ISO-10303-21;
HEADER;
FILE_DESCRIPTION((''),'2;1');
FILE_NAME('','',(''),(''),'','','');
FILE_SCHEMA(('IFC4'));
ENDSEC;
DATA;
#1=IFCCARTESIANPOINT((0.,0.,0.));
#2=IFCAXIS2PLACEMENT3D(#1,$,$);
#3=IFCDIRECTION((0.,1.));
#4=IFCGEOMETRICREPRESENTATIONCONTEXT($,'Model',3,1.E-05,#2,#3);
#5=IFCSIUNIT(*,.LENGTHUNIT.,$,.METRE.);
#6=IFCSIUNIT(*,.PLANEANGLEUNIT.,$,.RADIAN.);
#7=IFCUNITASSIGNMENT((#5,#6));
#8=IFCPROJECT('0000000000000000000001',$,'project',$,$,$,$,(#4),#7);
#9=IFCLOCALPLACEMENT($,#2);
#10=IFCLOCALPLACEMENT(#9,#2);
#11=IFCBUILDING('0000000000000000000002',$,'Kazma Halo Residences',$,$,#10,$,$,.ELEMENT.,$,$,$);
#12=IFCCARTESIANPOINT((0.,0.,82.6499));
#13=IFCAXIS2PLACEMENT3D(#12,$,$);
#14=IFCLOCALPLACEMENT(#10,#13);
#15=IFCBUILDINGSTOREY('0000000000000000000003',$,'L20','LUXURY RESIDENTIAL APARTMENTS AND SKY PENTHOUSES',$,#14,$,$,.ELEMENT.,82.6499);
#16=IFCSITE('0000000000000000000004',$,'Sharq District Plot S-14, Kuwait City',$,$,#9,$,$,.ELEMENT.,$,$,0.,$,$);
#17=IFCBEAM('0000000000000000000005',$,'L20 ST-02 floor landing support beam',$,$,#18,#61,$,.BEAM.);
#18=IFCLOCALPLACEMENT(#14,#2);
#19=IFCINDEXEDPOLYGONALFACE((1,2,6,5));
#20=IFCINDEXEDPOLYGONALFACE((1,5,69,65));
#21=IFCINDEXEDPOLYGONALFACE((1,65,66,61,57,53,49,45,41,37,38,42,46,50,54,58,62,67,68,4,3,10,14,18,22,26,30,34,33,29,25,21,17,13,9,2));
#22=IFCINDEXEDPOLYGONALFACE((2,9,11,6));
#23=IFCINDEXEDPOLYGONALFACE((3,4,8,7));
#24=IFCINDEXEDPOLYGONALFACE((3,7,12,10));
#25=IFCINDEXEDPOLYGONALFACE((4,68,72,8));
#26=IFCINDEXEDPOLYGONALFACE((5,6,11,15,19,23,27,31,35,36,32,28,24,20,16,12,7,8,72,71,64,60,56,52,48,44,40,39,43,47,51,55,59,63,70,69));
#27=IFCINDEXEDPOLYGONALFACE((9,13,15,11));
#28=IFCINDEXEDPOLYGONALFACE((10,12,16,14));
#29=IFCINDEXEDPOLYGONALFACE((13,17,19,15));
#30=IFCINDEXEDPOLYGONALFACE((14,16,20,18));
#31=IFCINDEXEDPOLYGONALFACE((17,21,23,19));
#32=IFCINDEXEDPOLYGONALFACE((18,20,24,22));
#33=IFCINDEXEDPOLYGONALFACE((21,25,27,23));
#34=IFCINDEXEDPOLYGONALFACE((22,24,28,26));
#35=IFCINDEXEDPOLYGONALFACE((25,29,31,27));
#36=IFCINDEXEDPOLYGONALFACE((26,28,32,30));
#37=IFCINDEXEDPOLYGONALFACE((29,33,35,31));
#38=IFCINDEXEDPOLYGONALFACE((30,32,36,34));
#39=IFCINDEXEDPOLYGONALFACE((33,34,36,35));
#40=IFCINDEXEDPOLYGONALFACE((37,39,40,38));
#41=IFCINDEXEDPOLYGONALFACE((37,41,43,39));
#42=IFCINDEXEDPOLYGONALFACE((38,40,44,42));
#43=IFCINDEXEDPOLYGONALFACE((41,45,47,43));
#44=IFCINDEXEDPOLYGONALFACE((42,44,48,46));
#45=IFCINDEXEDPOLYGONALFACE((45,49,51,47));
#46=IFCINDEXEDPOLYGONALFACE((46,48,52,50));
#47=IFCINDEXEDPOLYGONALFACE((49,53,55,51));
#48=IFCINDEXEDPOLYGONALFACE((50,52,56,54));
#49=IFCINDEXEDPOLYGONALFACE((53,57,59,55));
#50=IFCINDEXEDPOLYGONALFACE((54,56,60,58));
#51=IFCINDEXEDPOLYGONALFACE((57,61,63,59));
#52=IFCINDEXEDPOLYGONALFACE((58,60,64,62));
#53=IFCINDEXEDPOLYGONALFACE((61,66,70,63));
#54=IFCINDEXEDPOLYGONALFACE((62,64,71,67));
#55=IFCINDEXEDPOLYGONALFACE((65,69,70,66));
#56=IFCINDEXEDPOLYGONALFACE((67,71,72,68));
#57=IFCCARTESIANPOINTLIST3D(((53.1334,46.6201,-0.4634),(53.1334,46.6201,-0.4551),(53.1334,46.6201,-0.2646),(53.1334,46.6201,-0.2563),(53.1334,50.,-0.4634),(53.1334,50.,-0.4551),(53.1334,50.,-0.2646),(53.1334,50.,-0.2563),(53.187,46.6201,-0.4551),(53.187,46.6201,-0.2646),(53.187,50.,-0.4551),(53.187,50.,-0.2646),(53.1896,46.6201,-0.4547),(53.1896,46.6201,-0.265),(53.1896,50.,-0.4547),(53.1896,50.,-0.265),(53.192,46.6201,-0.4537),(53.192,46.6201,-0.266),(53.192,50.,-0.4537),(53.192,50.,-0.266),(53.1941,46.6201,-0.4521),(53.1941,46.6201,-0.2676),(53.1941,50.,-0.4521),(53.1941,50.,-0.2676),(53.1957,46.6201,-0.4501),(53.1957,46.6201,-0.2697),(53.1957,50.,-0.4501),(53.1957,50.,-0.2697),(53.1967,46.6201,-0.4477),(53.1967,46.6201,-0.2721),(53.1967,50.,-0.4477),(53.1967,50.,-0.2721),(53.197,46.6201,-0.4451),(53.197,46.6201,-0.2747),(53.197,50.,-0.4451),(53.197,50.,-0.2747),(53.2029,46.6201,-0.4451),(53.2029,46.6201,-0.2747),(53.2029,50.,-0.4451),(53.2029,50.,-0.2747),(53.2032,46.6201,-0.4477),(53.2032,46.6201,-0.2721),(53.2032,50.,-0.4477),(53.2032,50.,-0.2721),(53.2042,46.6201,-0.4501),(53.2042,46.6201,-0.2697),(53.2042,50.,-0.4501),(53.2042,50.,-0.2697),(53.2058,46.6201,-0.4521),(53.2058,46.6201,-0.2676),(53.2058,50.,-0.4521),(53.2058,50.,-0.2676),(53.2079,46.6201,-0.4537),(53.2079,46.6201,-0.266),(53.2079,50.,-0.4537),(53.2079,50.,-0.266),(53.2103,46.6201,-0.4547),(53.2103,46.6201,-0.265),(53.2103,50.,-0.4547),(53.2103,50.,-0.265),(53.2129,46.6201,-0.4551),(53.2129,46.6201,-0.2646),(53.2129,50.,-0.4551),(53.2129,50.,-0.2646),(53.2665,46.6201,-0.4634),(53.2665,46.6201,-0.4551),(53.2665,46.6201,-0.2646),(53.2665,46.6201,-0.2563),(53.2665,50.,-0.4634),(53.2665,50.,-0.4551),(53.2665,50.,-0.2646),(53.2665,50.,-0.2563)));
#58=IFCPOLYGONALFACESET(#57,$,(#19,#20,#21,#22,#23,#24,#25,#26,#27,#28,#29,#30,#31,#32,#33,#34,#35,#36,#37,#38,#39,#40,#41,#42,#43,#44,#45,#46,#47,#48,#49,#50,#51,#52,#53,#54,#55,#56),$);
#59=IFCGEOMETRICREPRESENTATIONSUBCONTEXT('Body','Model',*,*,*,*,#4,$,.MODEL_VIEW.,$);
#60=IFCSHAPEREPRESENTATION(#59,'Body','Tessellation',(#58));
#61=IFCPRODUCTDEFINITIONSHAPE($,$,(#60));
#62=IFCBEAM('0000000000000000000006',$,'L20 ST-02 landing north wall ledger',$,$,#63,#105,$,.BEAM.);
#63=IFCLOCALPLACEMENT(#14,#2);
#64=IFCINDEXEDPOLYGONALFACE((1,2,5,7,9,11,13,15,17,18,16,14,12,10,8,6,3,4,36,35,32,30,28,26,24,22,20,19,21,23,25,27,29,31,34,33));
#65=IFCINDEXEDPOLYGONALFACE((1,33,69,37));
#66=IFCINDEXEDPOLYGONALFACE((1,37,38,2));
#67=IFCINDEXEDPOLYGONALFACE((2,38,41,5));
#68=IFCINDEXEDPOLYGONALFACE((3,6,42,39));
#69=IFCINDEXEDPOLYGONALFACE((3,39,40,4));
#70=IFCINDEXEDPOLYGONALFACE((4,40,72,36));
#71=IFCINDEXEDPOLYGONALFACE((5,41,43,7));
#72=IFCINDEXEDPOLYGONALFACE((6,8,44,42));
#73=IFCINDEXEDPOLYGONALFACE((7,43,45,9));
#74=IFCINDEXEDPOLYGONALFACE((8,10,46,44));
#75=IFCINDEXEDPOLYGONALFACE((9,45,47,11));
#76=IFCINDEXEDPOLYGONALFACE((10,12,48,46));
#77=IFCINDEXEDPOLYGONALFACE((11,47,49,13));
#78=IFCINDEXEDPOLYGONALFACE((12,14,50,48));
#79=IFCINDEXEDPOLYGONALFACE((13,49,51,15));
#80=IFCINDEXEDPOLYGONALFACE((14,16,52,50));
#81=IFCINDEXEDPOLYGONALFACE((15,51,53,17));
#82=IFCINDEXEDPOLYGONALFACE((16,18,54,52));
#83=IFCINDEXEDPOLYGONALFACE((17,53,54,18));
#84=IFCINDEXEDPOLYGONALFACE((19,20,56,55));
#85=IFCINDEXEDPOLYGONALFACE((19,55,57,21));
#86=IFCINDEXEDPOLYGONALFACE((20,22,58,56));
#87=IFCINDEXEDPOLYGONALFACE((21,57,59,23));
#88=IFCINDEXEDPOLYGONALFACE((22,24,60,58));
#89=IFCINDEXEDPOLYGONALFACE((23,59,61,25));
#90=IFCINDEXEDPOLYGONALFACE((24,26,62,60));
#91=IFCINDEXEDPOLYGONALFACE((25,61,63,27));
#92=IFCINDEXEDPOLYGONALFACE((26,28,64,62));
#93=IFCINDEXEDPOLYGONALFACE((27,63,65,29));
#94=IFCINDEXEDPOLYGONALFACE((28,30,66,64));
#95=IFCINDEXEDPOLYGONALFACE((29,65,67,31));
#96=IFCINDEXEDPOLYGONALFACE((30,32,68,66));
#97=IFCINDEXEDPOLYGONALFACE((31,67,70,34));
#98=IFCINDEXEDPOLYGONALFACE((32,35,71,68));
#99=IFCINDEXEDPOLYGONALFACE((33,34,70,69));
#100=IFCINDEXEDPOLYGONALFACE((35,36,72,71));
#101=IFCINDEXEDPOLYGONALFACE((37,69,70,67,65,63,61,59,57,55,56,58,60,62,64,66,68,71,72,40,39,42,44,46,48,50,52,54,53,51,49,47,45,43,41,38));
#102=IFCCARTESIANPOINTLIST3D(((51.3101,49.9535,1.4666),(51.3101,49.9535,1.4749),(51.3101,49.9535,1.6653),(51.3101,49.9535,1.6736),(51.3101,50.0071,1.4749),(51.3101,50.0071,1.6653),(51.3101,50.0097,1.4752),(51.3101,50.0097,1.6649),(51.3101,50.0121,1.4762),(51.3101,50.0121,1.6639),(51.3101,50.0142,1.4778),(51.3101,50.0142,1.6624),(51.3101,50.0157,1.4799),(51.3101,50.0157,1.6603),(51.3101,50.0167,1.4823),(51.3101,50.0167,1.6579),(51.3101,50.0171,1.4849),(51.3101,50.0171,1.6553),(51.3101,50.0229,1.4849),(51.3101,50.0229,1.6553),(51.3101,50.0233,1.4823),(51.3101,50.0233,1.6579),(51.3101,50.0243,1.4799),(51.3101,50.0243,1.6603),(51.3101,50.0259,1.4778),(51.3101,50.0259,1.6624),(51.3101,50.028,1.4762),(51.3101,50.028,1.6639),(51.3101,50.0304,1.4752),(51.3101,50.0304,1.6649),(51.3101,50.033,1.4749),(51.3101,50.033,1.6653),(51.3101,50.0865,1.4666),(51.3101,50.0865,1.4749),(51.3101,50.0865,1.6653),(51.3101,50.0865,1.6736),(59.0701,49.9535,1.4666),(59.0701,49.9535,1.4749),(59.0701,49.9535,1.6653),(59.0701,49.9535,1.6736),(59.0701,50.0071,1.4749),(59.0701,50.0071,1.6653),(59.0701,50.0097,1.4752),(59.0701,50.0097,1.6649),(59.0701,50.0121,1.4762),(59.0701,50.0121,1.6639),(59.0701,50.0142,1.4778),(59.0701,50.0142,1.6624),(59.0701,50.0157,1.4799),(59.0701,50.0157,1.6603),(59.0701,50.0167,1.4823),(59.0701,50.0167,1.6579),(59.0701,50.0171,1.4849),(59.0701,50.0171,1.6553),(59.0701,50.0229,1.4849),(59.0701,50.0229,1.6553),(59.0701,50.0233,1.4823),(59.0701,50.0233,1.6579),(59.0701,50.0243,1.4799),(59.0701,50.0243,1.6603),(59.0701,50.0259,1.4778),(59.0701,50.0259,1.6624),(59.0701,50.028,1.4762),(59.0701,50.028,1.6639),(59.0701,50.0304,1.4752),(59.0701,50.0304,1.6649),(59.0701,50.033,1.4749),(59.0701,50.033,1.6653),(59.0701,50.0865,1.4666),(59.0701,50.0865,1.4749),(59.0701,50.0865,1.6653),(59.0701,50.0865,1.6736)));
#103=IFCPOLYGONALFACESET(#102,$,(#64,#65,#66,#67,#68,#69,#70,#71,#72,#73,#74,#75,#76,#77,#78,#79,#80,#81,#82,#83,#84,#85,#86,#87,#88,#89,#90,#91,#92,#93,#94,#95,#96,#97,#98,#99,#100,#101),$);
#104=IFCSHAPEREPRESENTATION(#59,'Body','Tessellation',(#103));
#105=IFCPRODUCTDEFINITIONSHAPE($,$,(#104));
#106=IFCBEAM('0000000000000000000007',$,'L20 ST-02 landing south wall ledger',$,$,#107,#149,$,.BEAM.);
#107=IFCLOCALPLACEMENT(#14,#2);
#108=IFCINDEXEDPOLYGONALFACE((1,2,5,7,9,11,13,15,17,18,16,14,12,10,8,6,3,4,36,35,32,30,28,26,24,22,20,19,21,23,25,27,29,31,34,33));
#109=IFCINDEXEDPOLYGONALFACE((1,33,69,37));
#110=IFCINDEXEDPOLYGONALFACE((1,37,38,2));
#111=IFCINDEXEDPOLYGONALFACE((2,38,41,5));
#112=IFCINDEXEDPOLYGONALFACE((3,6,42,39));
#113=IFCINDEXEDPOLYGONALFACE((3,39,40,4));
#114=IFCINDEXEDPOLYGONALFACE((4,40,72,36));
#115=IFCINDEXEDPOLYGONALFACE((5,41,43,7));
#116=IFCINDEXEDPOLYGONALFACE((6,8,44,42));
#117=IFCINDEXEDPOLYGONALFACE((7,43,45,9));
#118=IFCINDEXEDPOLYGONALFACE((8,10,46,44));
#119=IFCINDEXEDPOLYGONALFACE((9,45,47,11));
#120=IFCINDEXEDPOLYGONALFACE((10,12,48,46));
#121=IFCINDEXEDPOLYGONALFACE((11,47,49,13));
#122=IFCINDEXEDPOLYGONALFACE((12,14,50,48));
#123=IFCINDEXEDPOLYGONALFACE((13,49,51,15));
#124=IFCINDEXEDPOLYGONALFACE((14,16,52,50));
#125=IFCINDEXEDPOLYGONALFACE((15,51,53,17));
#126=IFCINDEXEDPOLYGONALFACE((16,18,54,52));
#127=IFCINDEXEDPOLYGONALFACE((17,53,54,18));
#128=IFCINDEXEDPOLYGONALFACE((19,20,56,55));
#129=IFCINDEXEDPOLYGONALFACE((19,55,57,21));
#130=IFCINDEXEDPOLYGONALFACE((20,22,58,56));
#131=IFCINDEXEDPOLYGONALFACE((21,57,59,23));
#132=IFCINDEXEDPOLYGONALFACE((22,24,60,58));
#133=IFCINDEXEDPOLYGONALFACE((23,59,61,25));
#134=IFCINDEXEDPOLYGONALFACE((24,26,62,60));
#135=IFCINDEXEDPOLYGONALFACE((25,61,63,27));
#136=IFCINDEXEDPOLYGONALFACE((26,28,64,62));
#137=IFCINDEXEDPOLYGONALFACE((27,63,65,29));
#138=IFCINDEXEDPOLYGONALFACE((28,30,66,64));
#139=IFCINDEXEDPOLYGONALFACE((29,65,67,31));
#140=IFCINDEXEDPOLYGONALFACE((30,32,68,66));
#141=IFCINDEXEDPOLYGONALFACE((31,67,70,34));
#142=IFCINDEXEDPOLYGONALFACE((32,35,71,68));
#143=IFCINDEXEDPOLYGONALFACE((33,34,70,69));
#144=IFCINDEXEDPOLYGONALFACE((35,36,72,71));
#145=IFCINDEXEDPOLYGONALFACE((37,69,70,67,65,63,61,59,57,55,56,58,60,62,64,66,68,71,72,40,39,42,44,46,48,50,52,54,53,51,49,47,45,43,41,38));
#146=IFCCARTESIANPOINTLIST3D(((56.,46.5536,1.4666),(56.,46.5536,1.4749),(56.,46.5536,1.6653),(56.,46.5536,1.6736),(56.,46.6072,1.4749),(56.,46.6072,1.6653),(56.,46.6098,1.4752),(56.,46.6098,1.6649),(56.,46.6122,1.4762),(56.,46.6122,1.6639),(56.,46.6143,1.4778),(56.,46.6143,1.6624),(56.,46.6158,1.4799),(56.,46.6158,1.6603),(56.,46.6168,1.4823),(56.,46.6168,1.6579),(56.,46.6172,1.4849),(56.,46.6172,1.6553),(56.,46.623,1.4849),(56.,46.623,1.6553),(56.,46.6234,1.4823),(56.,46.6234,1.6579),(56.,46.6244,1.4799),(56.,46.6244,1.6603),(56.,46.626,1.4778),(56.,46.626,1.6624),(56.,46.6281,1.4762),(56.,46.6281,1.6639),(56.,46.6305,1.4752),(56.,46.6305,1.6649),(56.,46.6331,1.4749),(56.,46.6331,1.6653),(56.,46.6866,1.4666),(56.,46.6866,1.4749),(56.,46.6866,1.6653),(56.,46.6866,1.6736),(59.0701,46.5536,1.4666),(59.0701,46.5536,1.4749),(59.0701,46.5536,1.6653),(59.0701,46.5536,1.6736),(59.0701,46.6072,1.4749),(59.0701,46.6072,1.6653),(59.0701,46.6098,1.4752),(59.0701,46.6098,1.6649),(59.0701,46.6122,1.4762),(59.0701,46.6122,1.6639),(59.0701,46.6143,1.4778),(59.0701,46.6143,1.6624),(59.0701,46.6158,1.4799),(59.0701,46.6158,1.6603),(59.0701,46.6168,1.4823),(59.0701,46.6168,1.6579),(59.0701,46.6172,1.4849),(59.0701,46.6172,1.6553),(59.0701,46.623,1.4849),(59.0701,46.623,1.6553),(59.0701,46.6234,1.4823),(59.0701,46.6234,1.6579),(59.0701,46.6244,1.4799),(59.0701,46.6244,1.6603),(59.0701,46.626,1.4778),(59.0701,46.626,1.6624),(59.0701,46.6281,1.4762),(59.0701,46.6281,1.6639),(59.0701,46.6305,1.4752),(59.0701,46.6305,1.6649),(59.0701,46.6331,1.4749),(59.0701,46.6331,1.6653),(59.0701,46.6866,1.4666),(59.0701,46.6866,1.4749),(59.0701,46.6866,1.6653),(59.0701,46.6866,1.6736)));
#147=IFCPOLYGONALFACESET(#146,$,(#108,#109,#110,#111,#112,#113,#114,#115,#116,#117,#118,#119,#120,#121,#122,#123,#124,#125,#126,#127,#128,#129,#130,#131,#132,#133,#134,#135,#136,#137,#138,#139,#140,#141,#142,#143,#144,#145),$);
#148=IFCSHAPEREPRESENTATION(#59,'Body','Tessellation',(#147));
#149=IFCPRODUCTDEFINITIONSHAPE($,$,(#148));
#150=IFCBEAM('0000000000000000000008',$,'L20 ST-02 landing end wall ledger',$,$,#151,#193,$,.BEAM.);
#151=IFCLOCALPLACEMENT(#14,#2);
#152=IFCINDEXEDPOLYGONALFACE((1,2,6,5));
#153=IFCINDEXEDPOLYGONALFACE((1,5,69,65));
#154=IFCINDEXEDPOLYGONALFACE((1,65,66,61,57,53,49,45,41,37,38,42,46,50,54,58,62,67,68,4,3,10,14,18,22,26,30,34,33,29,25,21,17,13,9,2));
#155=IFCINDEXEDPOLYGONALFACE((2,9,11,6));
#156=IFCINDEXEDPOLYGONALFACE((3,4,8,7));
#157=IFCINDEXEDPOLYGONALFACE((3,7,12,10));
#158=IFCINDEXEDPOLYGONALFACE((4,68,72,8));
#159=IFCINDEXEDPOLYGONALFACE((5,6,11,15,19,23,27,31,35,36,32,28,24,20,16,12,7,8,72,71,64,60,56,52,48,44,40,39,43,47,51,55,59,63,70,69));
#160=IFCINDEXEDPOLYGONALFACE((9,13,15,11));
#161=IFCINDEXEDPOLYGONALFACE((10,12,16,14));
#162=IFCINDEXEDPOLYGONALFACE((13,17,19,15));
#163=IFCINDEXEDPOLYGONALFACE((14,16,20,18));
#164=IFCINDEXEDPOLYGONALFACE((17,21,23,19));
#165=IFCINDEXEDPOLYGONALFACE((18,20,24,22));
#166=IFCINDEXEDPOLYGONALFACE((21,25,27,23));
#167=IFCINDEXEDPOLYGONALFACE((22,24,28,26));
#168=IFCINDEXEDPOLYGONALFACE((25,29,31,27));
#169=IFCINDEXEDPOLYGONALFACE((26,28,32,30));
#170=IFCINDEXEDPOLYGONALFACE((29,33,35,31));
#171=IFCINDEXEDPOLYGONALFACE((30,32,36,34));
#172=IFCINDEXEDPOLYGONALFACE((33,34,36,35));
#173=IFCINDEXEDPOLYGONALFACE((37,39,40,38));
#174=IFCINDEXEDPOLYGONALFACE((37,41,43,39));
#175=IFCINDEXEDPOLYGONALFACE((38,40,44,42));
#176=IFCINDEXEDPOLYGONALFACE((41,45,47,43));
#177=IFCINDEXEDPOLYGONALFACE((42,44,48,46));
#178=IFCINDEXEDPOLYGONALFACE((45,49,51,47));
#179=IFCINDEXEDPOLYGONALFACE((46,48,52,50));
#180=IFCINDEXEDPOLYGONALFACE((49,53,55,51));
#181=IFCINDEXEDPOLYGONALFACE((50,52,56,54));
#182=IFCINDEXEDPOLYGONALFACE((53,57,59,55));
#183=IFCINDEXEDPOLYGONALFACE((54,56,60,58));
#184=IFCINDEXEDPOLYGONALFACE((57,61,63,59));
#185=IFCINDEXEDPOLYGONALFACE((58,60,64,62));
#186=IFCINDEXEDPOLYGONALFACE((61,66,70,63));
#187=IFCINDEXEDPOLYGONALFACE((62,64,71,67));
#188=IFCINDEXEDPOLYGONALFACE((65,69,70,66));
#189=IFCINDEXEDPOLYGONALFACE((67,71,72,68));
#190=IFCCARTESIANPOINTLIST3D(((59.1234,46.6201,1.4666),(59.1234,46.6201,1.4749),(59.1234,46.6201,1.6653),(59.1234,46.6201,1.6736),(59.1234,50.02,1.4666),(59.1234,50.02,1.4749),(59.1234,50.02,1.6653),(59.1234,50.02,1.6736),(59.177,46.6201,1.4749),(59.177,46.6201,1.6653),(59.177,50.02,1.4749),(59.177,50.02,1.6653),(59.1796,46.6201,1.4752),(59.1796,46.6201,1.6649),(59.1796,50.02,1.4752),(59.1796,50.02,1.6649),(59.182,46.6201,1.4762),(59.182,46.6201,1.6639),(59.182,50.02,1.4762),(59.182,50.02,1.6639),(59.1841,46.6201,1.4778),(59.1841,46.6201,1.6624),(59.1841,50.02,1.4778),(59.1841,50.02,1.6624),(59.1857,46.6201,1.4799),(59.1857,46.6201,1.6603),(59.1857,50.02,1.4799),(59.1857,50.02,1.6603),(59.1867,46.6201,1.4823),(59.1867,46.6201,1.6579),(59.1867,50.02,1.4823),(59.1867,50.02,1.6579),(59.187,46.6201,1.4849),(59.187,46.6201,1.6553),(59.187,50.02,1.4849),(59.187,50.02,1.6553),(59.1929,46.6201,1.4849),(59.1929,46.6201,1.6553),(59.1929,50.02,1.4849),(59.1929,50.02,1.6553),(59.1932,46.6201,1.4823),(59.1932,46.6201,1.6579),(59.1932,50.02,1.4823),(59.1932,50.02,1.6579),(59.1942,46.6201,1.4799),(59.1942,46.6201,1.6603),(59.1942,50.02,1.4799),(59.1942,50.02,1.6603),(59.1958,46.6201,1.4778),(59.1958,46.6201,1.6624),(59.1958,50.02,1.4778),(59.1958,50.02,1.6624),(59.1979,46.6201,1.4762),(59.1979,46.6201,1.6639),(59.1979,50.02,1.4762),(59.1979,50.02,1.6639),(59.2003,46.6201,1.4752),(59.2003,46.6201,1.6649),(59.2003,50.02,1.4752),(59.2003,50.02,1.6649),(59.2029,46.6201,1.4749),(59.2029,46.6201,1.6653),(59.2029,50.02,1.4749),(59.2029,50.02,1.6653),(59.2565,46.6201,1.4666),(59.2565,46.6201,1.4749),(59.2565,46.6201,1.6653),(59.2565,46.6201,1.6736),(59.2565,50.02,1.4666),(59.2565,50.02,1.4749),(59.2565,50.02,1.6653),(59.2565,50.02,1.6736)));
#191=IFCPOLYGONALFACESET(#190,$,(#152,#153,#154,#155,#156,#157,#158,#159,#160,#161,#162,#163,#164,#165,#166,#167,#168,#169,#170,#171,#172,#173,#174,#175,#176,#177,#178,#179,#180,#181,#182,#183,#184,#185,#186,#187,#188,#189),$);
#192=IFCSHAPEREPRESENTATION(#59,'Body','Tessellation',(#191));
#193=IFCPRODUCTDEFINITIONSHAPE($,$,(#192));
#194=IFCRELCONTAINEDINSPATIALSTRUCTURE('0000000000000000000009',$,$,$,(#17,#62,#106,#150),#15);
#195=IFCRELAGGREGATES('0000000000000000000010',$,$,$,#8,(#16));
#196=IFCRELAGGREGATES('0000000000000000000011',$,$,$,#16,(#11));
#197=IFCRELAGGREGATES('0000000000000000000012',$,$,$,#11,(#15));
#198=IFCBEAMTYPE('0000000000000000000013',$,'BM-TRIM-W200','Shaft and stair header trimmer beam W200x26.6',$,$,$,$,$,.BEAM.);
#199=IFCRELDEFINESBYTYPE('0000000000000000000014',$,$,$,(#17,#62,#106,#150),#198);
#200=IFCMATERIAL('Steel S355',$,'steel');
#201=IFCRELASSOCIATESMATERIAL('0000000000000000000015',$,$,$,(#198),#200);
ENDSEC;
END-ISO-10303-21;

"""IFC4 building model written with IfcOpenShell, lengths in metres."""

from ifc_helpers import new_model, si_unit, direction, frame, origin, origin_2d, place, context, subcontext, project, spatial, i_section, extrude, material, material_profile, profile_set, type_object, element, save


model = new_model("IFC4")

# Units and contexts
model_context = context("Model", 3, precision=1e-05, world=origin(), true_north=direction((0.0, 1.0)))
body_context = subcontext(model_context, "Body", "Model", "MODEL_VIEW")
ifc_project = project(units=[si_unit("LENGTHUNIT", "METRE"), si_unit("PLANEANGLEUNIT", "RADIAN")], contexts=[model_context])

# Site, building, storey
site_placement = place(None, origin())
site = spatial("IfcSite", under=ifc_project, at=site_placement, Name="Sharq District Plot S-14, Kuwait City", CompositionType="ELEMENT", RefElevation=0.0)
building_placement = place(site_placement, origin())
building = spatial("IfcBuilding", under=site, at=building_placement, Name="Kazma Halo Residences", CompositionType="ELEMENT")
storey_placement = place(building_placement, frame((0.0, 0.0, 82.6499)))
storey = spatial("IfcBuildingStorey", under=building, at=storey_placement, Name="L20", Description="LUXURY RESIDENTIAL APARTMENTS AND SKY PENTHOUSES", CompositionType="ELEMENT", Elevation=82.6499)

# Shared definitions
ifc_material_1 = material(Name="Steel S355", Category="steel")

# Beams
ifc_material_profile_1 = material_profile(ifc_material_1, i_section(OverallWidth=0.1331, OverallDepth=0.207, WebThickness=0.0059, FlangeThickness=0.0083, FilletRadius=0.01, at=origin_2d()), Name="W200x26.6")
ifc_profile_set_1 = profile_set([ifc_material_profile_1], Name="Steel S355")
beam_type_1 = type_object("IfcBeamType", Name="BM-TRIM-W200", Description="Shaft and stair header trimmer beam W200x26.6", PredefinedType="BEAM", material=ifc_profile_set_1)
beam_1_placement = place(storey_placement, frame((53.2, 46.6201, -0.3599), z_axis=(0.0, 1.0, 0.0), x_axis=(-1.0, 0.0, 0.0)))
element("IfcBeam", 1, at=beam_1_placement, inside=storey, type_object=beam_type_1, Name="L20 ST-02 floor landing support beam", PredefinedType="BEAM", context=body_context, shape_type="SweptSolid", body=[
    extrude(i_section(OverallWidth=0.1331, OverallDepth=0.207, WebThickness=0.0059, FlangeThickness=0.0083, FilletRadius=0.01, at=origin_2d()), origin(), (0.0, 0.0, 1.0), 3.3799),
])
beam_2_placement = place(storey_placement, frame((51.3101, 50.02, 1.5701), z_axis=(1.0, 0.0, 0.0), x_axis=(0.0, 1.0, 0.0)))
element("IfcBeam", 2, at=beam_2_placement, inside=storey, type_object=beam_type_1, Name="L20 ST-02 landing north wall ledger", PredefinedType="BEAM", context=body_context, shape_type="SweptSolid", body=[
    extrude(i_section(OverallWidth=0.1331, OverallDepth=0.207, WebThickness=0.0059, FlangeThickness=0.0083, FilletRadius=0.01, at=origin_2d()), origin(), (0.0, 0.0, 1.0), 7.76),
])
beam_3_placement = place(storey_placement, frame((56.0, 46.6201, 1.5701), z_axis=(1.0, 0.0, 0.0), x_axis=(0.0, 1.0, 0.0)))
element("IfcBeam", 3, at=beam_3_placement, inside=storey, type_object=beam_type_1, Name="L20 ST-02 landing south wall ledger", PredefinedType="BEAM", context=body_context, shape_type="SweptSolid", body=[
    extrude(i_section(OverallWidth=0.1331, OverallDepth=0.207, WebThickness=0.0059, FlangeThickness=0.0083, FilletRadius=0.01, at=origin_2d()), origin(), (0.0, 0.0, 1.0), 3.0701),
])
beam_4_placement = place(storey_placement, frame((59.1899, 46.6201, 1.5701), z_axis=(0.0, 1.0, 0.0), x_axis=(-1.0, 0.0, 0.0)))
element("IfcBeam", 4, at=beam_4_placement, inside=storey, type_object=beam_type_1, Name="L20 ST-02 landing end wall ledger", PredefinedType="BEAM", context=body_context, shape_type="SweptSolid", body=[
    extrude(i_section(OverallWidth=0.1331, OverallDepth=0.207, WebThickness=0.0059, FlangeThickness=0.0083, FilletRadius=0.01, at=origin_2d()), origin(), (0.0, 0.0, 1.0), 3.3999),
])

save(model, "model.ifc")
